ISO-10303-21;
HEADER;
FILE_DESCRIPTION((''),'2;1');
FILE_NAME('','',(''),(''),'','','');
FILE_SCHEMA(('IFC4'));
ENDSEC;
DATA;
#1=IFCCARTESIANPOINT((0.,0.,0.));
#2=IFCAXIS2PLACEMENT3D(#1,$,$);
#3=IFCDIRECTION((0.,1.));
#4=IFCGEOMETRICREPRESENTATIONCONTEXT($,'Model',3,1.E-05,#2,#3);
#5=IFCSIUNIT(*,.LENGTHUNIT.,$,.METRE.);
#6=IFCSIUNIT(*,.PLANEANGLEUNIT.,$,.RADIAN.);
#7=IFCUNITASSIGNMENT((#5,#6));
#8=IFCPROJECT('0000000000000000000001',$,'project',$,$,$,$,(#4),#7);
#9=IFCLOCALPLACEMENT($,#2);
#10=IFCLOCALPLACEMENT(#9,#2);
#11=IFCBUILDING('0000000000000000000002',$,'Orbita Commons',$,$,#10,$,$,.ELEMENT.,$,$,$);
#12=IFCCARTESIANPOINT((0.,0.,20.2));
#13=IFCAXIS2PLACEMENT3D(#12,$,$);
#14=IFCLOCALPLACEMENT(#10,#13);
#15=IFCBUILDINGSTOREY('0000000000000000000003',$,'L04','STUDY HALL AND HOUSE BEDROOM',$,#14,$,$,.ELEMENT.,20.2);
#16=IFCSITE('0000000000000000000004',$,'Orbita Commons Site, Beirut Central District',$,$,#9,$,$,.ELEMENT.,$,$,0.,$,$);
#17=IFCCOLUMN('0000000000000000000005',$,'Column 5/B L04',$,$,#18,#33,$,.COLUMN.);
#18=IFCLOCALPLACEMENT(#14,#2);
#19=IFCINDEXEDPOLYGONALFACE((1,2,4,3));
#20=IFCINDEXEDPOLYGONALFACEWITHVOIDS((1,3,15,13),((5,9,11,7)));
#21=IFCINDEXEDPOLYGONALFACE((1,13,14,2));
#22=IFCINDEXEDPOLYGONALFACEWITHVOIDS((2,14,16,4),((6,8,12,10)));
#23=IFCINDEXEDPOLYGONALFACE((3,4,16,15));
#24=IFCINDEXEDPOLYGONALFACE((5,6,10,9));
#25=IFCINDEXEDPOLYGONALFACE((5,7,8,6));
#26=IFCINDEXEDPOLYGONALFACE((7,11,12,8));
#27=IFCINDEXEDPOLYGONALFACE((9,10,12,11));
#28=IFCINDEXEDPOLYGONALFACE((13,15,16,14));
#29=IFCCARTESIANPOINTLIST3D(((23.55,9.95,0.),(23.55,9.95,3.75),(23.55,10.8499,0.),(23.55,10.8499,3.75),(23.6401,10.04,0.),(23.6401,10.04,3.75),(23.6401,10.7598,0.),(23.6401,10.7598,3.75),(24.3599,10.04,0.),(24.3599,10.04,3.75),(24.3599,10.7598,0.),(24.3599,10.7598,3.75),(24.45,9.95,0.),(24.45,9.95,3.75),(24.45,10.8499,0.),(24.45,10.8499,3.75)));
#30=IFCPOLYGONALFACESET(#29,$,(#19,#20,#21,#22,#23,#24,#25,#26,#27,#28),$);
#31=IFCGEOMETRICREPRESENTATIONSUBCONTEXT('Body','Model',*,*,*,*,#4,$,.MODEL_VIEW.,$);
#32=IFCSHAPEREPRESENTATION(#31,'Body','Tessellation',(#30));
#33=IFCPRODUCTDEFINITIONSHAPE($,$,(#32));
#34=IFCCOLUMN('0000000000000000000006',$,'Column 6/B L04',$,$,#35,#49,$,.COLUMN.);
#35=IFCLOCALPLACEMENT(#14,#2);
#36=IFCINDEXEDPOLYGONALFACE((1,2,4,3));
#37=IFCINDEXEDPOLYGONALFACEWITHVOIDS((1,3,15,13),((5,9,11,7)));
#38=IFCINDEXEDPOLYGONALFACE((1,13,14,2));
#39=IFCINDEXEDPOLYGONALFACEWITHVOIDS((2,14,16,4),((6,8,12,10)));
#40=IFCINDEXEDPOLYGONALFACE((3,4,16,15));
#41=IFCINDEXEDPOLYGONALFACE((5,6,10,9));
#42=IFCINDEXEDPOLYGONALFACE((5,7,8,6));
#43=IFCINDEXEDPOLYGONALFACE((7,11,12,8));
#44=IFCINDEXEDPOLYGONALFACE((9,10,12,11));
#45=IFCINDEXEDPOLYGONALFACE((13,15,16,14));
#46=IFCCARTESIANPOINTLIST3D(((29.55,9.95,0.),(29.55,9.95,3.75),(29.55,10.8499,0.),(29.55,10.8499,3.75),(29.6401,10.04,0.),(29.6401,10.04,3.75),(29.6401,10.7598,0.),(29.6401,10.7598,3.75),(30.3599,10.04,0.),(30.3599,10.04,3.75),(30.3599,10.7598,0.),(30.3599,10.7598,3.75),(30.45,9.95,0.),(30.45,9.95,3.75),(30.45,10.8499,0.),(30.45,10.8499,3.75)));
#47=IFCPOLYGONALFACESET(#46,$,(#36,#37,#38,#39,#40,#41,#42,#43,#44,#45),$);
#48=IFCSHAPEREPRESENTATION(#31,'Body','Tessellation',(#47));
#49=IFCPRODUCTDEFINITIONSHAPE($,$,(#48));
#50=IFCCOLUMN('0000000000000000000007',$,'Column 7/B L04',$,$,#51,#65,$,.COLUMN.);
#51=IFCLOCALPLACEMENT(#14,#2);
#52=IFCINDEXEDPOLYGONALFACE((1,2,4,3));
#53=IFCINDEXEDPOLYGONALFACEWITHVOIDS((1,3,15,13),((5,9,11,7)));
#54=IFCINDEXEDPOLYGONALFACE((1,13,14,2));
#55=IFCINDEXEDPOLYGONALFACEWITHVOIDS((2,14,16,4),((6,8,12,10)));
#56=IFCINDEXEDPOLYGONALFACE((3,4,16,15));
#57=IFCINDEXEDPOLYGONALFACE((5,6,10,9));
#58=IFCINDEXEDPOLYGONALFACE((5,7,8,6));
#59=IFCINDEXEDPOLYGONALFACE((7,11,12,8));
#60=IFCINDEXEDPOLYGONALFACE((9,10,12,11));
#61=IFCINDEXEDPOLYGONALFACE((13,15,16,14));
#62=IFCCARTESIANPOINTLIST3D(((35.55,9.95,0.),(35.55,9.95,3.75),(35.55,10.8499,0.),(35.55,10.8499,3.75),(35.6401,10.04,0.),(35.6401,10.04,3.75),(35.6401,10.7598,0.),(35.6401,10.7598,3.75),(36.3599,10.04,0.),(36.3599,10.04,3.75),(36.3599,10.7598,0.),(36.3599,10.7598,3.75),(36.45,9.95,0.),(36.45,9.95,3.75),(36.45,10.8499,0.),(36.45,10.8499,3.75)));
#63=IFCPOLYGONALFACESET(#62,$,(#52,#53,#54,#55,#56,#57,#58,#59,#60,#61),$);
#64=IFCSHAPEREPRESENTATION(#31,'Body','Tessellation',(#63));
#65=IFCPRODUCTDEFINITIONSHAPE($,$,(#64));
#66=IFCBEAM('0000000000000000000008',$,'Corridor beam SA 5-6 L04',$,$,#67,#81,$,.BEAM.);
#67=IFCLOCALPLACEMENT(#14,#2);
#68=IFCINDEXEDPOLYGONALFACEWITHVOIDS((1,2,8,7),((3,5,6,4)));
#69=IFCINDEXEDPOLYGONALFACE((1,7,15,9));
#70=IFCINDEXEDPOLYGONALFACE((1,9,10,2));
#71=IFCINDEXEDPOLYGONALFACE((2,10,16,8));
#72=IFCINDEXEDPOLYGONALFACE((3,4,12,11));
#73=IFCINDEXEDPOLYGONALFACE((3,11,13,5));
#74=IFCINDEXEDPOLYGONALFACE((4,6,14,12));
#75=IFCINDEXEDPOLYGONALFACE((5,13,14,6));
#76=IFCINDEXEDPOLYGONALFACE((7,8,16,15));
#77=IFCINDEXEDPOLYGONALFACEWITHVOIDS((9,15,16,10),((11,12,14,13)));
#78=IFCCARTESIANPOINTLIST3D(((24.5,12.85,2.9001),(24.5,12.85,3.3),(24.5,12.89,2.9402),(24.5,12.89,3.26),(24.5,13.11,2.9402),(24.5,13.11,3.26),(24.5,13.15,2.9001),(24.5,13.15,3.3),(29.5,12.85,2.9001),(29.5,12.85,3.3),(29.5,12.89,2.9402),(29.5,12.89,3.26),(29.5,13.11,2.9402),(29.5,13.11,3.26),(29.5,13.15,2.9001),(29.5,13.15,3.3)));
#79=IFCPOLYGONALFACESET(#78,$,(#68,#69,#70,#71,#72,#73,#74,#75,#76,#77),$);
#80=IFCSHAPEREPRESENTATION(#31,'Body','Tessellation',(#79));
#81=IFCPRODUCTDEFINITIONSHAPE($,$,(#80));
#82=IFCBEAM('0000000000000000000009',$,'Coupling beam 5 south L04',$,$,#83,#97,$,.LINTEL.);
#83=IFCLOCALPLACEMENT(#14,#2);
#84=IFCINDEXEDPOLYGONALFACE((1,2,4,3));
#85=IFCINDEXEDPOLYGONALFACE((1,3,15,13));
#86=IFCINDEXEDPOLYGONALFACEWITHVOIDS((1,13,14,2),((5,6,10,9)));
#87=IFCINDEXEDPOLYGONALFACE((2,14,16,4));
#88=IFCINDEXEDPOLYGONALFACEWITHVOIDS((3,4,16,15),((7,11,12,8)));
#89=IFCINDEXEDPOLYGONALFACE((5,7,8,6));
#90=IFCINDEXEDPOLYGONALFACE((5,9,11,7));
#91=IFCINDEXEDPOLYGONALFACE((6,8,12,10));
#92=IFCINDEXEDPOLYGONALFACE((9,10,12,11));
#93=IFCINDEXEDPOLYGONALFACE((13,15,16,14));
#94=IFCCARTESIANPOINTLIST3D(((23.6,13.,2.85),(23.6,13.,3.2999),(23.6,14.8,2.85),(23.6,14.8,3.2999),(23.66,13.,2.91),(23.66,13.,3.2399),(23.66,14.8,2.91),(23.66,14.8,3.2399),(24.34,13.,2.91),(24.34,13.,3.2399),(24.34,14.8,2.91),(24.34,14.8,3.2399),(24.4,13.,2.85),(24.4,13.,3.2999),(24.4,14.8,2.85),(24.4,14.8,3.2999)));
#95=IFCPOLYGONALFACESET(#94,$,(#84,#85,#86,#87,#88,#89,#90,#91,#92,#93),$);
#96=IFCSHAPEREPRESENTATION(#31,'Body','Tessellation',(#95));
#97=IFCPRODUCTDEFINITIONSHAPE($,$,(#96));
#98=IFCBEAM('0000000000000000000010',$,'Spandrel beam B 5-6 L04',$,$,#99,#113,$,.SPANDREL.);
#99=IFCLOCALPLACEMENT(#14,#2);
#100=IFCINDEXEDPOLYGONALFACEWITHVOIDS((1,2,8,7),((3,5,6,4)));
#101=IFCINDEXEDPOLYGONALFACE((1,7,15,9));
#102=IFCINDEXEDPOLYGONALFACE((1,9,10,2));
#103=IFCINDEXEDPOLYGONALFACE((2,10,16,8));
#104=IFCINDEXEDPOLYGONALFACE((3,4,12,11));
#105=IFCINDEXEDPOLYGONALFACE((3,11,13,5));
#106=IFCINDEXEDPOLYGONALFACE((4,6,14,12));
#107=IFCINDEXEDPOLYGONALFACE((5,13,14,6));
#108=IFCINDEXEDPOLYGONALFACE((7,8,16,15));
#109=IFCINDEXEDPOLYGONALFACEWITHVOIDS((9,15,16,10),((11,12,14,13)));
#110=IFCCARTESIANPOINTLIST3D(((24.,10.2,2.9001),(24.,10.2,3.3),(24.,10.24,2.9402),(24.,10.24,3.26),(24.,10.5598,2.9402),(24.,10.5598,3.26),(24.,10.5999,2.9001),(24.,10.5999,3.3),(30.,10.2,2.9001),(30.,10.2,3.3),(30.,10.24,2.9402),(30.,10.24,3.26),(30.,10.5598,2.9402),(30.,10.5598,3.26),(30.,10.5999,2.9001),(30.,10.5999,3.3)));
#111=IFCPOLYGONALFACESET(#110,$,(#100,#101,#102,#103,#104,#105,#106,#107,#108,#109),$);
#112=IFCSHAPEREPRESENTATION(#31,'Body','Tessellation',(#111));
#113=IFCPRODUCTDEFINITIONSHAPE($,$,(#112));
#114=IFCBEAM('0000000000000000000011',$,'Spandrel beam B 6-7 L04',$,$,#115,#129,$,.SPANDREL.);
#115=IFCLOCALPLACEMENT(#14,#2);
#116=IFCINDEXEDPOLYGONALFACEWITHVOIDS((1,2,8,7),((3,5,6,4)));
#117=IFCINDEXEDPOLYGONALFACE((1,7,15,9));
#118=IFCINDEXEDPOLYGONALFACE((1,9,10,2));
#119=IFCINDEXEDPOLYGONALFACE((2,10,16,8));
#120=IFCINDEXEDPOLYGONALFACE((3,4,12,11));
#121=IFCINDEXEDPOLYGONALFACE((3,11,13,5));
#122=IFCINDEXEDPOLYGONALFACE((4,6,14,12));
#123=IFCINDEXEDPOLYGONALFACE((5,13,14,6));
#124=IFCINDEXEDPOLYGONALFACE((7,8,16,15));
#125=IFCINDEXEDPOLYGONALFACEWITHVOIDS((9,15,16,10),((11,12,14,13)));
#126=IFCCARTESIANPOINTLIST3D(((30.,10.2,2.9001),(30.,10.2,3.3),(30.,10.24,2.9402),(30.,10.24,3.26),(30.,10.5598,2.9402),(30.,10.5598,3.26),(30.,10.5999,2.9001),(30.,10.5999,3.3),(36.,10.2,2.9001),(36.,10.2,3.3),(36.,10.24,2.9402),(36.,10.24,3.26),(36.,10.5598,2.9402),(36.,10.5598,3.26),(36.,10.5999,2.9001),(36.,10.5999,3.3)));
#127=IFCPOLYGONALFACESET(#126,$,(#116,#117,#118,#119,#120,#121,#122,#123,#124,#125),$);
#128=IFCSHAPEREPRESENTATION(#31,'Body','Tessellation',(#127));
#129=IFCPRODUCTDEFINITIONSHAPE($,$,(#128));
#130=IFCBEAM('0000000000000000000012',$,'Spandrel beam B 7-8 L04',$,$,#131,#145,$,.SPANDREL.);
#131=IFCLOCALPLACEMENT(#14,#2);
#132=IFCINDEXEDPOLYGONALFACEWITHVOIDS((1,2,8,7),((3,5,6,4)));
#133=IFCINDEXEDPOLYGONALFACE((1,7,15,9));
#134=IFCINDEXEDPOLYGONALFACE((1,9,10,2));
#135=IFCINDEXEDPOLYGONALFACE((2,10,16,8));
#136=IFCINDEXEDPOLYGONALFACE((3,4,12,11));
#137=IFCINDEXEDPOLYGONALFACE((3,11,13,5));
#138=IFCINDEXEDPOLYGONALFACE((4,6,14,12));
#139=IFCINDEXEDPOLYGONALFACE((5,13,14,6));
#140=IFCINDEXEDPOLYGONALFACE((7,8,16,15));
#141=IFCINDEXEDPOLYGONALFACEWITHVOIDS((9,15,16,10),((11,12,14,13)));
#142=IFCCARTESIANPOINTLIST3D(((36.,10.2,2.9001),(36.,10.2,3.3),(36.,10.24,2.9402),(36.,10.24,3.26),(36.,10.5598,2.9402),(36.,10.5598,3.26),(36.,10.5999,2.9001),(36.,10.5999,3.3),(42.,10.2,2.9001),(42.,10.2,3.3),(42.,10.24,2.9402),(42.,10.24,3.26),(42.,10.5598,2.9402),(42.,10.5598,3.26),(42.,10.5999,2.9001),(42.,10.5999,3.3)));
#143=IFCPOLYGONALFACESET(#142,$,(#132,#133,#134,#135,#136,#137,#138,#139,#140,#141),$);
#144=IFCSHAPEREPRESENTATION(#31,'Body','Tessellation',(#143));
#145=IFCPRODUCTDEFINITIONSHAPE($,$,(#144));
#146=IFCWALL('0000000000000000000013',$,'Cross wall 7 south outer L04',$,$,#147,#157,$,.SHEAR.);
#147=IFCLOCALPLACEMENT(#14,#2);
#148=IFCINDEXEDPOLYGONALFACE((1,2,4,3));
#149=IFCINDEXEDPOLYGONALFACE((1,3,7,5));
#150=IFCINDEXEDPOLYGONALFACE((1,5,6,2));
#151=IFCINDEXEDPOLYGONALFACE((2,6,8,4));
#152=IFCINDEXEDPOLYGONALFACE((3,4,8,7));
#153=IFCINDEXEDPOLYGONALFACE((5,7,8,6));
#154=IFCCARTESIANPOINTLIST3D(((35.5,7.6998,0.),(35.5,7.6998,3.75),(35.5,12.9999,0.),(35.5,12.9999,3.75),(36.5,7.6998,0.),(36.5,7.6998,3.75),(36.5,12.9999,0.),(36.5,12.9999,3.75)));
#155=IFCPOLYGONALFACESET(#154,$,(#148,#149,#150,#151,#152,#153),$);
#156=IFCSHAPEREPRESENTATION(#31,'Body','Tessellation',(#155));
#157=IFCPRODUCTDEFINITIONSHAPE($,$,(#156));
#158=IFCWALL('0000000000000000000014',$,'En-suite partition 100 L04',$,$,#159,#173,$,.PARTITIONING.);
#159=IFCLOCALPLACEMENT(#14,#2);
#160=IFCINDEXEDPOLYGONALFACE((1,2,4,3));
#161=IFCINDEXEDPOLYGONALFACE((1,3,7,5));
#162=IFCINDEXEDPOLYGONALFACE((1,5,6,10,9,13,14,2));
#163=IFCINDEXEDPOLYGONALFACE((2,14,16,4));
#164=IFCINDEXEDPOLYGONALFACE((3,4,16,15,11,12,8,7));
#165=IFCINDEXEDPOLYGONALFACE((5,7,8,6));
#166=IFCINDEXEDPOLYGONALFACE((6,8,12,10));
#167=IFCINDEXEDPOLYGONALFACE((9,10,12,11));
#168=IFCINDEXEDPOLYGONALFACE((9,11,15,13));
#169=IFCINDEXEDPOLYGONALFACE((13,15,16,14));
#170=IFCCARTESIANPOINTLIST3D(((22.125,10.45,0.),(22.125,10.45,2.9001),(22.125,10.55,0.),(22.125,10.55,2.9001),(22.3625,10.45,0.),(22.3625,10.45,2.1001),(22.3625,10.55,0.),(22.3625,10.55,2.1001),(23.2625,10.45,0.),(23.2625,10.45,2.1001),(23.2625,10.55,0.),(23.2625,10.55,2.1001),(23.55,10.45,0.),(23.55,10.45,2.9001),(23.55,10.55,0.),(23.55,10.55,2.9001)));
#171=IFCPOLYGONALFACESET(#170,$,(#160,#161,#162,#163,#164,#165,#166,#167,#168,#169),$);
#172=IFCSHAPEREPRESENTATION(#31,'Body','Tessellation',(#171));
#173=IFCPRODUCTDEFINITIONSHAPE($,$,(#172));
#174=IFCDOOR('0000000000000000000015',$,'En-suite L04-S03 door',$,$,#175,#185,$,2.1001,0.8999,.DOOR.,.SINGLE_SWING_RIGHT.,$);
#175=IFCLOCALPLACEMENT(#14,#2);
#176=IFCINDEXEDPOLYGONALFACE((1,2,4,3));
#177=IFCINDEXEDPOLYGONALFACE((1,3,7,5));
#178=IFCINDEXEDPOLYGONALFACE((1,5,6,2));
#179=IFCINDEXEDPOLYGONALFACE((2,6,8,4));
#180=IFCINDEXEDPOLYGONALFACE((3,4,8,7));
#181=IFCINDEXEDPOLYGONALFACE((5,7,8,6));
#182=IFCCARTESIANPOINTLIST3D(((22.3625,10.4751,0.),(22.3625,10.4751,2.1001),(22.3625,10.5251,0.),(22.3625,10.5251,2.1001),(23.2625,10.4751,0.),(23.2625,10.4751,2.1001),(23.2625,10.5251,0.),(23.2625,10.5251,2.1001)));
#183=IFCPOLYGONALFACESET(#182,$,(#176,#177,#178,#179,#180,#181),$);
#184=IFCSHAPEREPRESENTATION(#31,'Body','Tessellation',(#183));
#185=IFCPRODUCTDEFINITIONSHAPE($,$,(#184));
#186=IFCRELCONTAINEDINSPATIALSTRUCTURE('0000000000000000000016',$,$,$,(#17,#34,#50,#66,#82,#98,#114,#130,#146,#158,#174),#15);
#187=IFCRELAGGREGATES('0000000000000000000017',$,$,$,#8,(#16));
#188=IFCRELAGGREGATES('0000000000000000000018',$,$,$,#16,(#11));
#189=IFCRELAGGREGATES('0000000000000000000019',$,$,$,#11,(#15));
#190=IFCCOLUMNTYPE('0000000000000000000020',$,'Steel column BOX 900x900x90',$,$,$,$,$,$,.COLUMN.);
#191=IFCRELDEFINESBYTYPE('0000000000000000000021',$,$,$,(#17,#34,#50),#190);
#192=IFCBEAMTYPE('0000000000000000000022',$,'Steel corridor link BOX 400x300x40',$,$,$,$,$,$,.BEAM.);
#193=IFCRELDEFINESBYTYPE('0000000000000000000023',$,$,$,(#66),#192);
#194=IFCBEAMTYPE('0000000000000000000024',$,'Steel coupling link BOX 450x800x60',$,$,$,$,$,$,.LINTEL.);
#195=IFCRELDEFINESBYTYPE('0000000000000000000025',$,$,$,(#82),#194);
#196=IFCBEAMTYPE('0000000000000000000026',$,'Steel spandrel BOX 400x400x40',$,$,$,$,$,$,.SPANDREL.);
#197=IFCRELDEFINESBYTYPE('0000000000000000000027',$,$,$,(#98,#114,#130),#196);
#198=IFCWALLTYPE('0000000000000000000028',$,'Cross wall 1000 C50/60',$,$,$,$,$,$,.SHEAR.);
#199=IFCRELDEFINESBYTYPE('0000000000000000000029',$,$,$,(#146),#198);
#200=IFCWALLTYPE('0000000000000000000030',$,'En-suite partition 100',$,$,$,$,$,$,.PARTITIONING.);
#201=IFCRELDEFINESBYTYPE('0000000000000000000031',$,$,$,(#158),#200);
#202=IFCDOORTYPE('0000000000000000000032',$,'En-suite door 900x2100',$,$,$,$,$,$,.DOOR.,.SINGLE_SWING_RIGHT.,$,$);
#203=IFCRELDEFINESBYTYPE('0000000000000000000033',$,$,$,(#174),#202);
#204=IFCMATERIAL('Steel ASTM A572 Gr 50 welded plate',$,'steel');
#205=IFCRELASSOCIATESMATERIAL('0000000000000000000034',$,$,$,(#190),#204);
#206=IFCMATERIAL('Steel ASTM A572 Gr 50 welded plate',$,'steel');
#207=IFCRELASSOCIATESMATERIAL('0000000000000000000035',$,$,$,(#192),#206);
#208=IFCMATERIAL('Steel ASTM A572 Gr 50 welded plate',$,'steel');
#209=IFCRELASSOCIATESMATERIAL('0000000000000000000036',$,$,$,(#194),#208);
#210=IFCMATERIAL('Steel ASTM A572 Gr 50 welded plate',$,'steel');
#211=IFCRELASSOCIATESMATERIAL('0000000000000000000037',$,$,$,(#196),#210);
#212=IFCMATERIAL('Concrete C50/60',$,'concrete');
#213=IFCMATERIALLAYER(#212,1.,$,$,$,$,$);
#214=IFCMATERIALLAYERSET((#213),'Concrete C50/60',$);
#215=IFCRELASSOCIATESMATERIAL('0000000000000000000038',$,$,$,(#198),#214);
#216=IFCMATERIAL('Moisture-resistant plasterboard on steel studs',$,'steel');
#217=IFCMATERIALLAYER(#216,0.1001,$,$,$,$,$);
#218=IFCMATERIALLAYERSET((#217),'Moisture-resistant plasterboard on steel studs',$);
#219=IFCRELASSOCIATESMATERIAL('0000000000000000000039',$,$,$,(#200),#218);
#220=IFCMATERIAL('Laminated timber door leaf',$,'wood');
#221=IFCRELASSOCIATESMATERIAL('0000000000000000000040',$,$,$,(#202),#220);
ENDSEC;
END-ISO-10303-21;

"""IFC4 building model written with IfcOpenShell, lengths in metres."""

from ifc_helpers import new_model, si_unit, direction, frame, frame_2d, origin, origin_2d, place, context, subcontext, project, spatial, polyline, rectangle, hollow_rectangle, outline, extrude, material, layer, layer_set, material_profile, profile_set, type_object, element, fill, save


model = new_model("IFC4")

# Units and contexts
model_context = context("Model", 3, precision=1e-05, world=origin(), true_north=direction((0.0, 1.0)))
body_context = subcontext(model_context, "Body", "Model", "MODEL_VIEW")
ifc_project = project(units=[si_unit("LENGTHUNIT", "METRE"), si_unit("PLANEANGLEUNIT", "RADIAN")], contexts=[model_context])

# Site, building, storey
site_placement = place(None, origin())
site = spatial("IfcSite", under=ifc_project, at=site_placement, Name="Orbita Commons Site, Beirut Central District", CompositionType="ELEMENT", RefElevation=0.0)
building_placement = place(site_placement, origin())
building = spatial("IfcBuilding", under=site, at=building_placement, Name="Orbita Commons", CompositionType="ELEMENT")
storey_placement = place(building_placement, frame((0.0, 0.0, 20.2)))
storey = spatial("IfcBuildingStorey", under=building, at=storey_placement, Name="L04", Description="STUDY HALL AND HOUSE BEDROOM", CompositionType="ELEMENT", Elevation=20.2)

# Columns
ifc_material_1 = material(Name="Steel ASTM A572 Gr 50 welded plate", Category="steel")
ifc_material_profile_1 = material_profile(ifc_material_1, hollow_rectangle(XDim=0.8999, YDim=0.8999, WallThickness=0.0901, at=origin_2d()), Name="BOX 900x900x90")
ifc_profile_set_1 = profile_set([ifc_material_profile_1], Name="Steel ASTM A572 Gr 50 welded plate")
column_type = type_object("IfcColumnType", Name="Steel column BOX 900x900x90", PredefinedType="COLUMN", material=ifc_profile_set_1)
for number, where, z_axis, x_axis, name in (
    (1, (24.0, 10.3999, 0.0), (0.0, 0.0, 1.0), (1.0, 0.0, 0.0), "Column 5/B L04"),
    (2, (30.0, 10.3999, 0.0), (0.0, 0.0, 1.0), (1.0, 0.0, 0.0), "Column 6/B L04"),
    (3, (36.0, 10.3999, 0.0), (0.0, 0.0, 1.0), (1.0, 0.0, 0.0), "Column 7/B L04"),
):
    element("IfcColumn", number, at=place(storey_placement, frame(where, z_axis=z_axis, x_axis=x_axis)), inside=storey, type_object=column_type, Name=name, PredefinedType="COLUMN", context=body_context, shape_type="SweptSolid", body=[
        extrude(hollow_rectangle(XDim=0.8999, YDim=0.8999, WallThickness=0.0901, at=origin_2d()), origin(), (0.0, 0.0, 1.0), 3.75),
    ])

# Beams
ifc_material_2 = material(Name="Steel ASTM A572 Gr 50 welded plate", Category="steel")
ifc_material_profile_2 = material_profile(ifc_material_2, hollow_rectangle(XDim=0.3, YDim=0.3999, WallThickness=0.04, at=origin_2d()), Name="BOX 400x300x40")
ifc_profile_set_2 = profile_set([ifc_material_profile_2], Name="Steel ASTM A572 Gr 50 welded plate")
beam_type_1 = type_object("IfcBeamType", Name="Steel corridor link BOX 400x300x40", PredefinedType="BEAM", material=ifc_profile_set_2)
beam_1_placement = place(storey_placement, frame((24.5, 13.0, 3.1001), z_axis=(1.0, 0.0, 0.0), x_axis=(0.0, 1.0, 0.0)))
element("IfcBeam", 4, at=beam_1_placement, inside=storey, type_object=beam_type_1, Name="Corridor beam SA 5-6 L04", PredefinedType="BEAM", context=body_context, shape_type="SweptSolid", body=[
    extrude(hollow_rectangle(XDim=0.3, YDim=0.3999, WallThickness=0.04, at=origin_2d()), origin(), (0.0, 0.0, 1.0), 5.0),
])
ifc_material_3 = material(Name="Steel ASTM A572 Gr 50 welded plate", Category="steel")
ifc_material_profile_3 = material_profile(ifc_material_3, hollow_rectangle(XDim=0.8, YDim=0.45, WallThickness=0.0601, at=origin_2d()), Name="BOX 450x800x60")
ifc_profile_set_3 = profile_set([ifc_material_profile_3], Name="Steel ASTM A572 Gr 50 welded plate")
beam_type_2 = type_object("IfcBeamType", Name="Steel coupling link BOX 450x800x60", PredefinedType="LINTEL", material=ifc_profile_set_3)
beam_2_placement = place(storey_placement, frame((24.0, 13.0, 3.075), z_axis=(0.0, 1.0, 0.0), x_axis=(-1.0, 0.0, 0.0)))
element("IfcBeam", 5, at=beam_2_placement, inside=storey, type_object=beam_type_2, Name="Coupling beam 5 south L04", PredefinedType="LINTEL", context=body_context, shape_type="SweptSolid", body=[
    extrude(hollow_rectangle(XDim=0.8, YDim=0.45, WallThickness=0.0601, at=origin_2d()), origin(), (0.0, 0.0, 1.0), 1.8),
])
ifc_material_4 = material(Name="Steel ASTM A572 Gr 50 welded plate", Category="steel")
ifc_material_profile_4 = material_profile(ifc_material_4, hollow_rectangle(XDim=0.3999, YDim=0.3999, WallThickness=0.04, at=origin_2d()), Name="BOX 400x400x40")
ifc_profile_set_4 = profile_set([ifc_material_profile_4], Name="Steel ASTM A572 Gr 50 welded plate")
beam_type_3 = type_object("IfcBeamType", Name="Steel spandrel BOX 400x400x40", PredefinedType="SPANDREL", material=ifc_profile_set_4)
for number, where, z_axis, x_axis, name in (
    (6, (24.0, 10.3999, 3.1001), (1.0, 0.0, 0.0), (0.0, 1.0, 0.0), "Spandrel beam B 5-6 L04"),
    (7, (30.0, 10.3999, 3.1001), (1.0, 0.0, 0.0), (0.0, 1.0, 0.0), "Spandrel beam B 6-7 L04"),
    (8, (36.0, 10.3999, 3.1001), (1.0, 0.0, 0.0), (0.0, 1.0, 0.0), "Spandrel beam B 7-8 L04"),
):
    element("IfcBeam", number, at=place(storey_placement, frame(where, z_axis=z_axis, x_axis=x_axis)), inside=storey, type_object=beam_type_3, Name=name, PredefinedType="SPANDREL", context=body_context, shape_type="SweptSolid", body=[
        extrude(hollow_rectangle(XDim=0.3999, YDim=0.3999, WallThickness=0.04, at=origin_2d()), origin(), (0.0, 0.0, 1.0), 6.0),
    ])

# Wall
ifc_material_5 = material(Name="Concrete C50/60", Category="concrete")
ifc_layer_1 = layer(ifc_material_5, 1.0)
ifc_layer_set_1 = layer_set([ifc_layer_1], Name="Concrete C50/60")
wall_type_1 = type_object("IfcWallType", Name="Cross wall 1000 C50/60", PredefinedType="SHEAR", material=ifc_layer_set_1)
wall_1_placement = place(storey_placement, frame((36.0, 7.7, 0.0), z_axis=(0.0, 0.0, 1.0), x_axis=(0.0, 1.0, 0.0)))
element("IfcWall", 9, at=wall_1_placement, inside=storey, type_object=wall_type_1, Name="Cross wall 7 south outer L04", PredefinedType="SHEAR", context=body_context, shape_type="SweptSolid", body=[
    extrude(rectangle(XDim=5.3, YDim=1.0, at=frame_2d((2.6499, 0.0))), origin(), (0.0, 0.0, 1.0), 3.75),
])

# Wall, opening, door
ifc_material_6 = material(Name="Moisture-resistant plasterboard on steel studs", Category="steel")
ifc_layer_2 = layer(ifc_material_6, 0.1001)
ifc_layer_set_2 = layer_set([ifc_layer_2], Name="Moisture-resistant plasterboard on steel studs")
wall_type_2 = type_object("IfcWallType", Name="En-suite partition 100", PredefinedType="PARTITIONING", material=ifc_layer_set_2)
wall_2_placement = place(storey_placement, frame((23.55, 10.5, 0.0), z_axis=(0.0, 0.0, 1.0), x_axis=(-1.0, 0.0, 0.0)))
wall_2 = element("IfcWall", 10, at=wall_2_placement, inside=storey, type_object=wall_type_2, Name="En-suite partition 100 L04", PredefinedType="PARTITIONING", context=body_context, shape_type="SweptSolid", body=[
    extrude(outline(polyline([(0.0, 0.0), (1.425, 0.0), (1.425, 2.9001), (0.0, 2.9001), (0.0, 0.0)])), frame((0.0, 0.05, 0.0), z_axis=(0.0, -1.0, 0.0), x_axis=(1.0, 0.0, 0.0)), (0.0, 0.0, 1.0), 0.1001),
])
opening_1_placement = place(wall_2_placement, frame((0.2876, 0.0, 0.0)))
opening_1 = element("IfcOpeningElement", 11, at=opening_1_placement, cuts=wall_2, PredefinedType="OPENING", context=body_context, shape_type="SweptSolid", body=[
    extrude(rectangle(XDim=0.8999, YDim=2.1001, at=frame_2d((0.45, 1.05))), frame((0.0, 0.0601, 0.0), z_axis=(0.0, -1.0, 0.0), x_axis=(1.0, 0.0, 0.0)), (0.0, 0.0, 1.0), 0.1201),
])
ifc_material_7 = material(Name="Laminated timber door leaf", Category="wood")
door_type_1 = type_object("IfcDoorType", Name="En-suite door 900x2100", OperationType="SINGLE_SWING_RIGHT", PredefinedType="DOOR", material=ifc_material_7)
door_1_placement = place(opening_1_placement, origin())
door_1 = element("IfcDoor", 12, at=door_1_placement, inside=storey, type_object=door_type_1, Name="En-suite L04-S03 door", OperationType="SINGLE_SWING_RIGHT", OverallHeight=2.1001, OverallWidth=0.8999, PredefinedType="DOOR", context=body_context, shape_type="SweptSolid", body=[
    extrude(rectangle(XDim=0.8999, YDim=2.1001, at=frame_2d((0.45, 1.05))), frame((0.0, 0.0249, 0.0), z_axis=(0.0, -1.0, 0.0), x_axis=(1.0, 0.0, 0.0)), (0.0, 0.0, 1.0), 0.05),
])
fill(opening_1, door_1)

save(model, "model.ifc")
